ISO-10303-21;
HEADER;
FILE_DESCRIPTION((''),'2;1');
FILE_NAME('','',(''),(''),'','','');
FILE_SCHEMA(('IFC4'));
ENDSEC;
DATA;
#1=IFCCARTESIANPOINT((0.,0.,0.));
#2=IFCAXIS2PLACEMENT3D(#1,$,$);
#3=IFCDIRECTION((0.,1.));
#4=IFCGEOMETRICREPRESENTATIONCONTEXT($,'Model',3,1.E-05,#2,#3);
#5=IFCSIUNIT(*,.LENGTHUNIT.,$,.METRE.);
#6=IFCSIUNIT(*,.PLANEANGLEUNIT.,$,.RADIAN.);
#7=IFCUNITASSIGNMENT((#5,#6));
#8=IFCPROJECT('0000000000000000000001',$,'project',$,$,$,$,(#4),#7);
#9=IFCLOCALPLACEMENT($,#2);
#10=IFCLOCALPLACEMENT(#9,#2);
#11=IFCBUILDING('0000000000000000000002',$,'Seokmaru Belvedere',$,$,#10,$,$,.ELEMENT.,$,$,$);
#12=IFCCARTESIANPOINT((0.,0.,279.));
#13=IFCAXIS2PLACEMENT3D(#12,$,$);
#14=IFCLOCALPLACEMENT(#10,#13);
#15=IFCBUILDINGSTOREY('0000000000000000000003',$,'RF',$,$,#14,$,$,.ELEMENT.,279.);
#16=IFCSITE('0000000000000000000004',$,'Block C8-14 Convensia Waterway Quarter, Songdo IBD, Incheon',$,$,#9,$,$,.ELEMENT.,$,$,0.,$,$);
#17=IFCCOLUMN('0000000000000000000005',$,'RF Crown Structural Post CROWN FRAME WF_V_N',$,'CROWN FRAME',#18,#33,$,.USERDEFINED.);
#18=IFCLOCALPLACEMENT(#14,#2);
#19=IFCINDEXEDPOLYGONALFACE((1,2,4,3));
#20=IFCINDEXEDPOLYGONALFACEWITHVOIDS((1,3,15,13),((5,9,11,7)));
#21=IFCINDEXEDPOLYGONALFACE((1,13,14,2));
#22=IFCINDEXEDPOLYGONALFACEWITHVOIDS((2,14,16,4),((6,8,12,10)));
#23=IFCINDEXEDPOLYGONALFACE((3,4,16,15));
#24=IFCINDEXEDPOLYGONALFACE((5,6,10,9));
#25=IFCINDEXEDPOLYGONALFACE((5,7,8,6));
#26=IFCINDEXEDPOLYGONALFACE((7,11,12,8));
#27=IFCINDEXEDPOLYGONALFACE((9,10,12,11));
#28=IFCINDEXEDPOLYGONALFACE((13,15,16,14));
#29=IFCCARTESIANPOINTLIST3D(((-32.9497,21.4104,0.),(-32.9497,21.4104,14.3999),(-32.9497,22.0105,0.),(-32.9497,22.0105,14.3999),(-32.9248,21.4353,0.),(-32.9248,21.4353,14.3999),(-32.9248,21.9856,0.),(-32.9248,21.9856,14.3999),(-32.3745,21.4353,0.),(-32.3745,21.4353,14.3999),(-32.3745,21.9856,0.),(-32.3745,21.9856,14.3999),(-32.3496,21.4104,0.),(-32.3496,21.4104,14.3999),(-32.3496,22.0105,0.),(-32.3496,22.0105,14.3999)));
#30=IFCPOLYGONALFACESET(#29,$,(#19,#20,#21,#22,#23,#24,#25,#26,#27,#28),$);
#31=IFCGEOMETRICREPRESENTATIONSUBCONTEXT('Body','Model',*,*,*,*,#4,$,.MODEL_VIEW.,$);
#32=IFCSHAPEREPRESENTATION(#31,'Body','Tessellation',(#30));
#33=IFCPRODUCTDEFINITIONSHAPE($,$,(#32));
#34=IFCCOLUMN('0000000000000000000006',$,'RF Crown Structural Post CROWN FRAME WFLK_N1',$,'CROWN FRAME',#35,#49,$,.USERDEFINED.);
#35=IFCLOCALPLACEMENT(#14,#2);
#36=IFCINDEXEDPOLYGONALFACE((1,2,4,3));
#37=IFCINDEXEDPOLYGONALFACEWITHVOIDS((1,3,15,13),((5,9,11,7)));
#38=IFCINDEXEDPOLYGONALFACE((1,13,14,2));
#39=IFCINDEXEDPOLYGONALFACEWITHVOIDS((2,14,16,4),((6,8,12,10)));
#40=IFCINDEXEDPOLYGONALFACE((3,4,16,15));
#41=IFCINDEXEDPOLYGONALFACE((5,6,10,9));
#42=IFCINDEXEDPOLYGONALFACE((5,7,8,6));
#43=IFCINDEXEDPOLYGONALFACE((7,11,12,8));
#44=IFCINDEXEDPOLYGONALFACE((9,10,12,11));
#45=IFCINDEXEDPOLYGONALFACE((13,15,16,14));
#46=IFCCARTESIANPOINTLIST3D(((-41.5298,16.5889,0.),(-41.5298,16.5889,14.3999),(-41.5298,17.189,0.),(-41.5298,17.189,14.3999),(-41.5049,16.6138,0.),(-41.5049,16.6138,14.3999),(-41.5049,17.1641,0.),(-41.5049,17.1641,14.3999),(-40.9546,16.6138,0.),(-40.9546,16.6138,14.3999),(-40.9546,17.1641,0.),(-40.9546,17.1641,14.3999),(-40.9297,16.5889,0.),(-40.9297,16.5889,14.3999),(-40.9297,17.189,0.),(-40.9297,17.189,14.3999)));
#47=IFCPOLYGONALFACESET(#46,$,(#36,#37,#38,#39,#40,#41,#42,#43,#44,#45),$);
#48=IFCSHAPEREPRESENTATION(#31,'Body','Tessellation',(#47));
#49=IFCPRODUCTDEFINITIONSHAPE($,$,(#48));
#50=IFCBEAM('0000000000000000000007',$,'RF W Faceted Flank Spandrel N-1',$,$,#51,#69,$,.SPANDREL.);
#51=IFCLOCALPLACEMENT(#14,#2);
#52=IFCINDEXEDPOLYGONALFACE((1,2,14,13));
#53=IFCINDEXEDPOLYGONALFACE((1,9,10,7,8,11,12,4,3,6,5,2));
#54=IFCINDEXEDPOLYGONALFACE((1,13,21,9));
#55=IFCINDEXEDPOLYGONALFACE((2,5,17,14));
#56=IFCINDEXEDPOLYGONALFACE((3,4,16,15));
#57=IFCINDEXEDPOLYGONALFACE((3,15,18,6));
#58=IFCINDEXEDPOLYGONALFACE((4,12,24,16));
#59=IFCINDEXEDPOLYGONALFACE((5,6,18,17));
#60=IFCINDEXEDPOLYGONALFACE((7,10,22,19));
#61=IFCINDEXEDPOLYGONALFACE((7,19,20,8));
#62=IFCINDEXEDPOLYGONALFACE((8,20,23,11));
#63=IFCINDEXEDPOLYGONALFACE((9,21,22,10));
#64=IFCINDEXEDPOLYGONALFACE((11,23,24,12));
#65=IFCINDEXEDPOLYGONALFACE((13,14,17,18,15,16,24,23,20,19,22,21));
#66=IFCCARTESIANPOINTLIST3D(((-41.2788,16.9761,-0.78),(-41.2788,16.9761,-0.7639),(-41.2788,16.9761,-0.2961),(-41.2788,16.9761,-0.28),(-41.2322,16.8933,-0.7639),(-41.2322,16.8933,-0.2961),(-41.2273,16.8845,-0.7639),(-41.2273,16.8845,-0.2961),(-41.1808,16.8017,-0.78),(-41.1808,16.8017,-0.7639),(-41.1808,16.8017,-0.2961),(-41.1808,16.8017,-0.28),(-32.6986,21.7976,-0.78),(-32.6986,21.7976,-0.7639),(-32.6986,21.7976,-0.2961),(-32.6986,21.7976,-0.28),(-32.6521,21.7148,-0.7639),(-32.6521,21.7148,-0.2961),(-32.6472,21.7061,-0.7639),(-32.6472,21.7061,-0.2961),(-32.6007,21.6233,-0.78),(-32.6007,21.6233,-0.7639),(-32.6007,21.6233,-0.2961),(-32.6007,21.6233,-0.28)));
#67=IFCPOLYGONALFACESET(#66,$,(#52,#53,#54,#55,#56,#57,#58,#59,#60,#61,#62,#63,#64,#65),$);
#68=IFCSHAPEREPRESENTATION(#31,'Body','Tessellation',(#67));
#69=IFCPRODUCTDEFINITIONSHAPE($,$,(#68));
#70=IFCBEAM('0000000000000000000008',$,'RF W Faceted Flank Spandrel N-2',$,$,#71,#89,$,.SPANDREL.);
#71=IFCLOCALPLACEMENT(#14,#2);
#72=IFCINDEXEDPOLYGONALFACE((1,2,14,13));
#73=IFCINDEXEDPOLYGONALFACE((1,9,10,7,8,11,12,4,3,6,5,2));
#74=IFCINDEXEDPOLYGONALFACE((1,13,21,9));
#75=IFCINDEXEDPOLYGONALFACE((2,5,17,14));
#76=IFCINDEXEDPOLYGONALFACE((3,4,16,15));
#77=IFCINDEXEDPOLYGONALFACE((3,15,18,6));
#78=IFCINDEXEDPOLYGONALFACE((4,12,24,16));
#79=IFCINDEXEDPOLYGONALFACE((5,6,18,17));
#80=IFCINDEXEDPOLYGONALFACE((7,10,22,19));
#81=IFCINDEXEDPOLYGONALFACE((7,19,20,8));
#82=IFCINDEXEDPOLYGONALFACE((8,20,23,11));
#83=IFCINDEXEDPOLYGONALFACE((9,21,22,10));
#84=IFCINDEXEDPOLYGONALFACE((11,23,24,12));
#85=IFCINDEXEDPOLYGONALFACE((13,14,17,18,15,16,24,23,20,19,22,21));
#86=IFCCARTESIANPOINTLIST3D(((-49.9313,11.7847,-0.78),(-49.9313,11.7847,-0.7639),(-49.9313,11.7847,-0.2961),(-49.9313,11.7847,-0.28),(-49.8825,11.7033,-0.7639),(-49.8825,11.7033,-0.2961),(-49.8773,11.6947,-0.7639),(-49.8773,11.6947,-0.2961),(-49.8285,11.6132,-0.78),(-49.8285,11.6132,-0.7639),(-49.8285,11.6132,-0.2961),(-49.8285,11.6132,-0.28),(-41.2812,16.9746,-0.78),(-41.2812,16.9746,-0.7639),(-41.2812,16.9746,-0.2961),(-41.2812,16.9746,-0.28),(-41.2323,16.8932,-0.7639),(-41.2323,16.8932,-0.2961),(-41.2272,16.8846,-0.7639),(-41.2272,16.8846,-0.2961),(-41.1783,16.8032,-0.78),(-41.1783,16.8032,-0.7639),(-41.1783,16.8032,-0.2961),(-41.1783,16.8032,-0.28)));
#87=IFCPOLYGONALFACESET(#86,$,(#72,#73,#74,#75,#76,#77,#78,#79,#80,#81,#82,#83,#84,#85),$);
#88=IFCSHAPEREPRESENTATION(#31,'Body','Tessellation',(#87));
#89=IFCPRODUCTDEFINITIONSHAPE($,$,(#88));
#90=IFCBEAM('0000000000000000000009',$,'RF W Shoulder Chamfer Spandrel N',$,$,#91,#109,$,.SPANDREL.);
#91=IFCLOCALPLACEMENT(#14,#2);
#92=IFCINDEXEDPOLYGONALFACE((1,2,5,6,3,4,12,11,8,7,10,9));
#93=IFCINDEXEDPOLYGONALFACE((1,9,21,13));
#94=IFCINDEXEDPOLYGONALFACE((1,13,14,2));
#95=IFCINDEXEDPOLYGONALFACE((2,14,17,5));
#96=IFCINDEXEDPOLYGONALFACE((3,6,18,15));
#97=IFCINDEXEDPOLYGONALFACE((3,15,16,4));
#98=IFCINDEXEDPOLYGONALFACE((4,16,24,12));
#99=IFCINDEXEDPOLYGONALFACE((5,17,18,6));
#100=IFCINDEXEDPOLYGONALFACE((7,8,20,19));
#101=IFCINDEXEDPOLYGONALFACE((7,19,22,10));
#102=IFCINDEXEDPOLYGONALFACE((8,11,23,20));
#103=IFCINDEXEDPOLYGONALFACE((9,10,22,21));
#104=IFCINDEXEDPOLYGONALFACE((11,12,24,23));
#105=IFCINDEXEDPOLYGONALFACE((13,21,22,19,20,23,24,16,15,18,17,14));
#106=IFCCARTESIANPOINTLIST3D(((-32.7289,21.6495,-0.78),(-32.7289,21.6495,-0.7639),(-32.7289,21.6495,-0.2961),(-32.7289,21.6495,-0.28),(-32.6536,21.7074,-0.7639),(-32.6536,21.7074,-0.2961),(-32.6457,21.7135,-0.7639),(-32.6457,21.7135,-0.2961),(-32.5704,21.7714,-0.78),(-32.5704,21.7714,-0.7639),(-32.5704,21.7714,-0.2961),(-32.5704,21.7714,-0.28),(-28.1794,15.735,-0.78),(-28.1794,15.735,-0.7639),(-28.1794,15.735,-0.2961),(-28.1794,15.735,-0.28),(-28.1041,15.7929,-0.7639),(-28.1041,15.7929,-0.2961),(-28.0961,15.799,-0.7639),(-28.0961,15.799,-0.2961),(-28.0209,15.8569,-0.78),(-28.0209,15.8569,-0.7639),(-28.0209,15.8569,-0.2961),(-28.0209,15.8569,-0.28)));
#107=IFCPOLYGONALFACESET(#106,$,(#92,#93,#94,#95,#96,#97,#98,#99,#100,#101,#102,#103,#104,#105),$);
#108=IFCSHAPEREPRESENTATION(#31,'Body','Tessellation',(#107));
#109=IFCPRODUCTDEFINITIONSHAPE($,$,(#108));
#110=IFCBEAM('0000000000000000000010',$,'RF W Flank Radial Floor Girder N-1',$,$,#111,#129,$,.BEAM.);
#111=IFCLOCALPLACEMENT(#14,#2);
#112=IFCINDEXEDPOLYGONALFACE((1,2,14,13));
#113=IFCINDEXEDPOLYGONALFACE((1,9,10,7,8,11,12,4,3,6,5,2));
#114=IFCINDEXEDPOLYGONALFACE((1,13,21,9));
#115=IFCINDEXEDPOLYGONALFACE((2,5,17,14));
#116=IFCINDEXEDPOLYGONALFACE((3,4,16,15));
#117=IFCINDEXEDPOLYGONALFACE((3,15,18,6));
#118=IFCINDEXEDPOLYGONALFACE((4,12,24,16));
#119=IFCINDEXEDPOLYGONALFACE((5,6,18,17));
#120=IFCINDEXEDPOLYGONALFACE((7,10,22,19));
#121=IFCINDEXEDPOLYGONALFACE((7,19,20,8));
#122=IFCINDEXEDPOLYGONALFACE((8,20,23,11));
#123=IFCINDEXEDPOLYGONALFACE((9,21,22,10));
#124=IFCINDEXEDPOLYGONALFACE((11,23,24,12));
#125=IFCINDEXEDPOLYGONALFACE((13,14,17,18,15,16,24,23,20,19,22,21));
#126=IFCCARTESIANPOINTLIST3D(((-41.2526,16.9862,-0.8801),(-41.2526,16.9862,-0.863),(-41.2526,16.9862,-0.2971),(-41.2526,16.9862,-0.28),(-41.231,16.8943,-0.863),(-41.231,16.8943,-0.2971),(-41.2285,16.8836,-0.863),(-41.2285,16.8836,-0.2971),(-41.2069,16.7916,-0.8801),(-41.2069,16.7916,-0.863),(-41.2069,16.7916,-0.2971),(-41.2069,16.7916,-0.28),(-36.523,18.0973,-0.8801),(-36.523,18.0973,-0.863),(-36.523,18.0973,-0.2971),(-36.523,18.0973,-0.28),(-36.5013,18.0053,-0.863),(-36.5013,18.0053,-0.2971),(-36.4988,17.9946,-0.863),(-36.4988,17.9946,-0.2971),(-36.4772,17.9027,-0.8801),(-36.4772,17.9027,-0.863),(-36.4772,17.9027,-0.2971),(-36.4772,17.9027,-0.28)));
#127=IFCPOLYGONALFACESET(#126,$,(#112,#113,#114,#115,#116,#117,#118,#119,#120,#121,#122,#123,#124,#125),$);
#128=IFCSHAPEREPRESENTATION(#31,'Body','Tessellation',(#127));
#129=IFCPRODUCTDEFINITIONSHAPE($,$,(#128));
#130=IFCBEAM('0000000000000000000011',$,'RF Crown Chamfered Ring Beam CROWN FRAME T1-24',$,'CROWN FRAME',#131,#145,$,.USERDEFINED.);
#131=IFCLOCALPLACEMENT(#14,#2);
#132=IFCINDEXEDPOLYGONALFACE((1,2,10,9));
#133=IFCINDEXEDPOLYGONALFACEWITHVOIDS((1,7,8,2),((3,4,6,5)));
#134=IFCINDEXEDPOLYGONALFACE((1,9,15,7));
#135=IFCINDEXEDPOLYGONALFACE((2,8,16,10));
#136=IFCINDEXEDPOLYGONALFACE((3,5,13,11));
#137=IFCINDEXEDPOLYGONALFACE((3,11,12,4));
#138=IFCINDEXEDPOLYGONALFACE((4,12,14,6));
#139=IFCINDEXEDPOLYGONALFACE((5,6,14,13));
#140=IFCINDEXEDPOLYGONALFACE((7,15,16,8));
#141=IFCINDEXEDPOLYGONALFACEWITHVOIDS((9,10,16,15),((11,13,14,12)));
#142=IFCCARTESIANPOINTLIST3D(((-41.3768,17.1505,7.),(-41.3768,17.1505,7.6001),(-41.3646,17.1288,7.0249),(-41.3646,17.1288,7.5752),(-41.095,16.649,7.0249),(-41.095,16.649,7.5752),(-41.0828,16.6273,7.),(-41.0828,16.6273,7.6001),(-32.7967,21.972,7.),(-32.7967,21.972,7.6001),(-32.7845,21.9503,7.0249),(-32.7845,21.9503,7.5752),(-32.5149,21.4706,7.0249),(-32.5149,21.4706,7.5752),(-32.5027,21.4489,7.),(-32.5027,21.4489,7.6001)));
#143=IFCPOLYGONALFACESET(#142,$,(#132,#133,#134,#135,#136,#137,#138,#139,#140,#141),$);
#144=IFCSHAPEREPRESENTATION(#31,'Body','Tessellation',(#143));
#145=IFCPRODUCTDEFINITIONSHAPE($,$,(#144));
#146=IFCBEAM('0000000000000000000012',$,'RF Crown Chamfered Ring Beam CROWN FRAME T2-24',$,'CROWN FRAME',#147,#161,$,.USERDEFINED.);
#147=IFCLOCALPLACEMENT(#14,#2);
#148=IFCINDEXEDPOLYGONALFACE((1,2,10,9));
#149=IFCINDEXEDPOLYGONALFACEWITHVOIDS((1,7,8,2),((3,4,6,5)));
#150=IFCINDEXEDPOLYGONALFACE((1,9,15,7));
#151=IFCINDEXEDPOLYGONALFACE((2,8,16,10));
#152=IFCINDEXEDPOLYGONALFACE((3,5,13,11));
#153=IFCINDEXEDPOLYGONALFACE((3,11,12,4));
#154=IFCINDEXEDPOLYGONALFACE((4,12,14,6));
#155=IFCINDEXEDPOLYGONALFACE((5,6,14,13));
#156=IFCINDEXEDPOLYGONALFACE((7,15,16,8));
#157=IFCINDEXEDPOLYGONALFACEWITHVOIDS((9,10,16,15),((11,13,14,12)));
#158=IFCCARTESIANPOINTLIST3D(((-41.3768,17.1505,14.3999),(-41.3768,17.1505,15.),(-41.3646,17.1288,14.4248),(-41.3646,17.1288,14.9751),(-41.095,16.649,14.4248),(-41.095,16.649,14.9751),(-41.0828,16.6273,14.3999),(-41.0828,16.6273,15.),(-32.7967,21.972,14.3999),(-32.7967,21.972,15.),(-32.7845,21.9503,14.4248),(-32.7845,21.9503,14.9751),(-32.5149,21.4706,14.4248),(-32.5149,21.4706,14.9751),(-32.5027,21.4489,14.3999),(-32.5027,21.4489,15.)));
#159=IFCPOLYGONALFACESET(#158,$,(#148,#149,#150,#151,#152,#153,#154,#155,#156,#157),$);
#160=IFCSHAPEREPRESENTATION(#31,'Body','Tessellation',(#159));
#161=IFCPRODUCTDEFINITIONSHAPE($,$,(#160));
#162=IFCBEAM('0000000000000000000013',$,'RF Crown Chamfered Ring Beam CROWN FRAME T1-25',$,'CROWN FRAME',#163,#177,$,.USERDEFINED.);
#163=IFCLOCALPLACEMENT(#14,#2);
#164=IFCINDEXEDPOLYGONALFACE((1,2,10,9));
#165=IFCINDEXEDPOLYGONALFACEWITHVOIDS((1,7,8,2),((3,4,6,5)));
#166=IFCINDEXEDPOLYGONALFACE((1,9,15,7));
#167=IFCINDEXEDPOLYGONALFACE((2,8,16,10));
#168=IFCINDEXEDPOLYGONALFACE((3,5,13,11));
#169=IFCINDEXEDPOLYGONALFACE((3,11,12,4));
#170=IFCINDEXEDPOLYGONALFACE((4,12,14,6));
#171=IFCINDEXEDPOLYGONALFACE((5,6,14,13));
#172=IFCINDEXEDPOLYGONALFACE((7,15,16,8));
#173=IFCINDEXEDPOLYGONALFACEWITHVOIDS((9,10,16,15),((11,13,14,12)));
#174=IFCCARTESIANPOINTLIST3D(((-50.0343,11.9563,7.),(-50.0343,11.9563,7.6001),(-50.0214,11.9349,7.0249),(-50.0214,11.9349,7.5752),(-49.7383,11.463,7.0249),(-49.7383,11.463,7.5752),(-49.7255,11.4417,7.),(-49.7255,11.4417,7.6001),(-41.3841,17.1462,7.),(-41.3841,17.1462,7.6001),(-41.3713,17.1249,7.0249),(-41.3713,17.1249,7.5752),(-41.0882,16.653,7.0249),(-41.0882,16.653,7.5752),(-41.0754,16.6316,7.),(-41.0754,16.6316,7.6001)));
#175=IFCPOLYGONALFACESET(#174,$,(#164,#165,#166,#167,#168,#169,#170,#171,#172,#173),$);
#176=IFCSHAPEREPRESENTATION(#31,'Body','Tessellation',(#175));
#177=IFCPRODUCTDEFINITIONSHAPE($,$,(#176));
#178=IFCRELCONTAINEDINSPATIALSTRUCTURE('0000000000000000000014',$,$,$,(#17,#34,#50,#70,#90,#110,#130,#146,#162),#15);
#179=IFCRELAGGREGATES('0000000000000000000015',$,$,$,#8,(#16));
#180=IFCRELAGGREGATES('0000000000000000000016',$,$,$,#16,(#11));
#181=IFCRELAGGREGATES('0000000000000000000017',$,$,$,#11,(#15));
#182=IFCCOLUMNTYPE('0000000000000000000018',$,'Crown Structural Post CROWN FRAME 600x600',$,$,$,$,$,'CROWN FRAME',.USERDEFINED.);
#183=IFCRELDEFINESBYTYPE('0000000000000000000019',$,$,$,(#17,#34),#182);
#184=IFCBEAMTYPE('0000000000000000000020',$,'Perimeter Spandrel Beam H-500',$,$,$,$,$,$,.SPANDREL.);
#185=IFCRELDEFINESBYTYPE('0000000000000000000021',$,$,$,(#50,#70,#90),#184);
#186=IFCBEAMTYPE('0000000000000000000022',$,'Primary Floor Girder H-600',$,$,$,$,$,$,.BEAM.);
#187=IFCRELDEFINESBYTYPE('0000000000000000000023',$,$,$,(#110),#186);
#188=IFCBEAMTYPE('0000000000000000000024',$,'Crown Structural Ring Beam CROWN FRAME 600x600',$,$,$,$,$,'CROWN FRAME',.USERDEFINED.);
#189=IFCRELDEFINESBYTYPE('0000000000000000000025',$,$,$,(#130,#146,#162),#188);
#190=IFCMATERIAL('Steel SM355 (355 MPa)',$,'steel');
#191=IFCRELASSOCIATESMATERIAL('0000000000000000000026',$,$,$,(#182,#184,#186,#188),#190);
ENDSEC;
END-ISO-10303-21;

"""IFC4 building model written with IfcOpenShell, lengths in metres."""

from ifc_helpers import new_model, si_unit, direction, frame, origin, origin_2d, place, context, subcontext, project, spatial, hollow_rectangle, i_section, extrude, source, transform, mapped, material, material_profile, profile_set, type_object, type_shapes, element, save


model = new_model("IFC4")

# Units and contexts
model_context = context("Model", 3, precision=1e-05, world=origin(), true_north=direction((0.0, 1.0)))
body_context = subcontext(model_context, "Body", "Model", "MODEL_VIEW")
ifc_project = project(units=[si_unit("LENGTHUNIT", "METRE"), si_unit("PLANEANGLEUNIT", "RADIAN")], contexts=[model_context])

# Site, building, storey
site_placement = place(None, origin())
site = spatial("IfcSite", under=ifc_project, at=site_placement, Name="Block C8-14 Convensia Waterway Quarter, Songdo IBD, Incheon", CompositionType="ELEMENT", RefElevation=0.0)
building_placement = place(site_placement, origin())
building = spatial("IfcBuilding", under=site, at=building_placement, Name="Seokmaru Belvedere", CompositionType="ELEMENT")
storey_placement = place(building_placement, frame((0.0, 0.0, 279.0)))
storey = spatial("IfcBuildingStorey", under=building, at=storey_placement, Name="RF", CompositionType="ELEMENT", Elevation=279.0)

# Columns
ifc_material_1 = material(Name="Steel SM355 (355 MPa)", Category="steel")
ifc_material_profile_1 = material_profile(ifc_material_1, hollow_rectangle(XDim=0.6001, YDim=0.6001, WallThickness=0.0249, at=origin_2d()), Name="HSS-600x600x25")
ifc_profile_set_1 = profile_set([ifc_material_profile_1], Name="Steel SM355 (355 MPa)")
column_type = type_object("IfcColumnType", Name="Crown Structural Post CROWN FRAME 600x600", ElementType="CROWN FRAME", PredefinedType="USERDEFINED", material=ifc_profile_set_1)
shared_shape_1 = source(origin(), body_context, "Body", "SweptSolid", [
    extrude(hollow_rectangle(XDim=0.6001, YDim=0.6001, WallThickness=0.0249, at=origin_2d()), origin(), (0.0, 0.0, 1.0), 14.3999),
])
type_shapes(column_type, [shared_shape_1])
for number, where, z_axis, x_axis, name in (
    (1, (-32.6497, 21.7104, 0.0), (0.0, 0.0, 1.0), (1.0, 0.0, 0.0), "RF Crown Structural Post CROWN FRAME WF_V_N"),
    (2, (-41.2297, 16.8889, 0.0), (0.0, 0.0, 1.0), (1.0, 0.0, 0.0), "RF Crown Structural Post CROWN FRAME WFLK_N1"),
):
    element("IfcColumn", number, at=place(storey_placement, frame(where, z_axis=z_axis, x_axis=x_axis)), inside=storey, type_object=column_type, Name=name, ObjectType="CROWN FRAME", PredefinedType="USERDEFINED", context=body_context, shape_type="MappedRepresentation", body=[
        mapped(shared_shape_1, transform((0.0, 0.0, 0.0), scale=1.0)),
    ])

# Beams
ifc_material_profile_2 = material_profile(ifc_material_1, i_section(OverallWidth=0.2, OverallDepth=0.5, WebThickness=0.01, FlangeThickness=0.0161, at=origin_2d()), Name="H-500x200x10x16")
ifc_profile_set_2 = profile_set([ifc_material_profile_2], Name="Steel SM355 (355 MPa)")
beam_type_1 = type_object("IfcBeamType", Name="Perimeter Spandrel Beam H-500", PredefinedType="SPANDREL", material=ifc_profile_set_2)
shared_shape_2 = source(origin(), body_context, "Body", "SweptSolid", [
    extrude(i_section(OverallWidth=0.2, OverallDepth=0.5, WebThickness=0.01, FlangeThickness=0.0161, at=origin_2d()), origin(), (0.0, 0.0, 1.0), 9.842),
])
beam_1_placement = place(storey_placement, frame((-32.6497, 21.7104, -0.53), z_axis=(-0.871782, -0.489894, 0.0), x_axis=(0.489894, -0.871782, 0.0)))
element("IfcBeam", 3, at=beam_1_placement, inside=storey, type_object=beam_type_1, Name="RF W Faceted Flank Spandrel N-1", PredefinedType="SPANDREL", context=body_context, shape_type="MappedRepresentation", body=[
    mapped(shared_shape_2, transform((0.0, 0.0, 0.0), scale=1.0)),
])
shared_shape_3 = source(origin(), body_context, "Body", "SweptSolid", [
    extrude(i_section(OverallWidth=0.2, OverallDepth=0.5, WebThickness=0.01, FlangeThickness=0.0161, at=origin_2d()), origin(), (0.0, 0.0, 1.0), 10.0876),
])
beam_2_placement = place(storey_placement, frame((-41.2297, 16.8889, -0.53), z_axis=(-0.857499, -0.514485, 0.0), x_axis=(0.514485, -0.857499, 0.0)))
element("IfcBeam", 4, at=beam_2_placement, inside=storey, type_object=beam_type_1, Name="RF W Faceted Flank Spandrel N-2", PredefinedType="SPANDREL", context=body_context, shape_type="MappedRepresentation", body=[
    mapped(shared_shape_3, transform((0.0, 0.0, 0.0), scale=1.0)),
])
shared_shape_4 = source(origin(), body_context, "Body", "SweptSolid", [
    extrude(i_section(OverallWidth=0.2, OverallDepth=0.5, WebThickness=0.01, FlangeThickness=0.0161, at=origin_2d()), origin(), (0.0, 0.0, 1.0), 7.4619),
])
type_shapes(beam_type_1, [shared_shape_2, shared_shape_3, shared_shape_4])
beam_3_placement = place(storey_placement, frame((-32.6497, 21.7104, -0.53), z_axis=(0.609703, -0.79263, 0.0), x_axis=(0.79263, 0.609703, 0.0)))
element("IfcBeam", 5, at=beam_3_placement, inside=storey, type_object=beam_type_1, Name="RF W Shoulder Chamfer Spandrel N", PredefinedType="SPANDREL", context=body_context, shape_type="MappedRepresentation", body=[
    mapped(shared_shape_4, transform((0.0, 0.0, 0.0), scale=1.0)),
])
ifc_material_profile_3 = material_profile(ifc_material_1, i_section(OverallWidth=0.2, OverallDepth=0.6001, WebThickness=0.011, FlangeThickness=0.0171, at=origin_2d()), Name="H-600x200x11x17")
ifc_profile_set_3 = profile_set([ifc_material_profile_3], Name="Steel SM355 (355 MPa)")
beam_type_2 = type_object("IfcBeamType", Name="Primary Floor Girder H-600", PredefinedType="BEAM", material=ifc_profile_set_3)
shared_shape_5 = source(origin(), body_context, "Body", "SweptSolid", [
    extrude(i_section(OverallWidth=0.2, OverallDepth=0.6001, WebThickness=0.011, FlangeThickness=0.0171, at=origin_2d()), origin(), (0.0, 0.0, 1.0), 4.8584),
])
type_shapes(beam_type_2, [shared_shape_5])
beam_4_placement = place(storey_placement, frame((-41.2297, 16.8889, -0.5801), z_axis=(0.973499, 0.228689, 0.0), x_axis=(-0.228689, 0.973499, 0.0)))
element("IfcBeam", 6, at=beam_4_placement, inside=storey, type_object=beam_type_2, Name="RF W Flank Radial Floor Girder N-1", PredefinedType="BEAM", context=body_context, shape_type="MappedRepresentation", body=[
    mapped(shared_shape_5, transform((0.0, 0.0, 0.0), scale=1.0)),
])
ifc_material_profile_4 = material_profile(ifc_material_1, hollow_rectangle(XDim=0.6001, YDim=0.6001, WallThickness=0.0249, at=origin_2d()), Name="HSS-600x600x25")
ifc_profile_set_4 = profile_set([ifc_material_profile_4], Name="Steel SM355 (355 MPa)")
beam_type_3 = type_object("IfcBeamType", Name="Crown Structural Ring Beam CROWN FRAME 600x600", ElementType="CROWN FRAME", PredefinedType="USERDEFINED", material=ifc_profile_set_4)
shared_shape_6 = source(origin(), body_context, "Body", "SweptSolid", [
    extrude(hollow_rectangle(XDim=0.6001, YDim=0.6001, WallThickness=0.0249, at=origin_2d()), origin(), (0.0, 0.0, 1.0), 9.842),
])
for number, where, z_axis, x_axis, name in (
    (7, (-32.6497, 21.7104, 7.3), (-0.871782, -0.489894, 0.0), (0.489894, -0.871782, 0.0), "RF Crown Chamfered Ring Beam CROWN FRAME T1-24"),
    (8, (-32.6497, 21.7104, 14.7), (-0.871782, -0.489894, 0.0), (0.489894, -0.871782, 0.0), "RF Crown Chamfered Ring Beam CROWN FRAME T2-24"),
):
    element("IfcBeam", number, at=place(storey_placement, frame(where, z_axis=z_axis, x_axis=x_axis)), inside=storey, type_object=beam_type_3, Name=name, ObjectType="CROWN FRAME", PredefinedType="USERDEFINED", context=body_context, shape_type="MappedRepresentation", body=[
        mapped(shared_shape_6, transform((0.0, 0.0, 0.0), scale=1.0)),
    ])
shared_shape_7 = source(origin(), body_context, "Body", "SweptSolid", [
    extrude(hollow_rectangle(XDim=0.6001, YDim=0.6001, WallThickness=0.0249, at=origin_2d()), origin(), (0.0, 0.0, 1.0), 10.0876),
])
type_shapes(beam_type_3, [shared_shape_6, shared_shape_7])
for number, where, z_axis, x_axis, name in (
    (9, (-41.2297, 16.8889, 7.3), (-0.857499, -0.514485, 0.0), (0.514485, -0.857499, 0.0), "RF Crown Chamfered Ring Beam CROWN FRAME T1-25"),
):
    element("IfcBeam", number, at=place(storey_placement, frame(where, z_axis=z_axis, x_axis=x_axis)), inside=storey, type_object=beam_type_3, Name=name, ObjectType="CROWN FRAME", PredefinedType="USERDEFINED", context=body_context, shape_type="MappedRepresentation", body=[
        mapped(shared_shape_7, transform((0.0, 0.0, 0.0), scale=1.0)),
    ])

save(model, "model.ifc")
